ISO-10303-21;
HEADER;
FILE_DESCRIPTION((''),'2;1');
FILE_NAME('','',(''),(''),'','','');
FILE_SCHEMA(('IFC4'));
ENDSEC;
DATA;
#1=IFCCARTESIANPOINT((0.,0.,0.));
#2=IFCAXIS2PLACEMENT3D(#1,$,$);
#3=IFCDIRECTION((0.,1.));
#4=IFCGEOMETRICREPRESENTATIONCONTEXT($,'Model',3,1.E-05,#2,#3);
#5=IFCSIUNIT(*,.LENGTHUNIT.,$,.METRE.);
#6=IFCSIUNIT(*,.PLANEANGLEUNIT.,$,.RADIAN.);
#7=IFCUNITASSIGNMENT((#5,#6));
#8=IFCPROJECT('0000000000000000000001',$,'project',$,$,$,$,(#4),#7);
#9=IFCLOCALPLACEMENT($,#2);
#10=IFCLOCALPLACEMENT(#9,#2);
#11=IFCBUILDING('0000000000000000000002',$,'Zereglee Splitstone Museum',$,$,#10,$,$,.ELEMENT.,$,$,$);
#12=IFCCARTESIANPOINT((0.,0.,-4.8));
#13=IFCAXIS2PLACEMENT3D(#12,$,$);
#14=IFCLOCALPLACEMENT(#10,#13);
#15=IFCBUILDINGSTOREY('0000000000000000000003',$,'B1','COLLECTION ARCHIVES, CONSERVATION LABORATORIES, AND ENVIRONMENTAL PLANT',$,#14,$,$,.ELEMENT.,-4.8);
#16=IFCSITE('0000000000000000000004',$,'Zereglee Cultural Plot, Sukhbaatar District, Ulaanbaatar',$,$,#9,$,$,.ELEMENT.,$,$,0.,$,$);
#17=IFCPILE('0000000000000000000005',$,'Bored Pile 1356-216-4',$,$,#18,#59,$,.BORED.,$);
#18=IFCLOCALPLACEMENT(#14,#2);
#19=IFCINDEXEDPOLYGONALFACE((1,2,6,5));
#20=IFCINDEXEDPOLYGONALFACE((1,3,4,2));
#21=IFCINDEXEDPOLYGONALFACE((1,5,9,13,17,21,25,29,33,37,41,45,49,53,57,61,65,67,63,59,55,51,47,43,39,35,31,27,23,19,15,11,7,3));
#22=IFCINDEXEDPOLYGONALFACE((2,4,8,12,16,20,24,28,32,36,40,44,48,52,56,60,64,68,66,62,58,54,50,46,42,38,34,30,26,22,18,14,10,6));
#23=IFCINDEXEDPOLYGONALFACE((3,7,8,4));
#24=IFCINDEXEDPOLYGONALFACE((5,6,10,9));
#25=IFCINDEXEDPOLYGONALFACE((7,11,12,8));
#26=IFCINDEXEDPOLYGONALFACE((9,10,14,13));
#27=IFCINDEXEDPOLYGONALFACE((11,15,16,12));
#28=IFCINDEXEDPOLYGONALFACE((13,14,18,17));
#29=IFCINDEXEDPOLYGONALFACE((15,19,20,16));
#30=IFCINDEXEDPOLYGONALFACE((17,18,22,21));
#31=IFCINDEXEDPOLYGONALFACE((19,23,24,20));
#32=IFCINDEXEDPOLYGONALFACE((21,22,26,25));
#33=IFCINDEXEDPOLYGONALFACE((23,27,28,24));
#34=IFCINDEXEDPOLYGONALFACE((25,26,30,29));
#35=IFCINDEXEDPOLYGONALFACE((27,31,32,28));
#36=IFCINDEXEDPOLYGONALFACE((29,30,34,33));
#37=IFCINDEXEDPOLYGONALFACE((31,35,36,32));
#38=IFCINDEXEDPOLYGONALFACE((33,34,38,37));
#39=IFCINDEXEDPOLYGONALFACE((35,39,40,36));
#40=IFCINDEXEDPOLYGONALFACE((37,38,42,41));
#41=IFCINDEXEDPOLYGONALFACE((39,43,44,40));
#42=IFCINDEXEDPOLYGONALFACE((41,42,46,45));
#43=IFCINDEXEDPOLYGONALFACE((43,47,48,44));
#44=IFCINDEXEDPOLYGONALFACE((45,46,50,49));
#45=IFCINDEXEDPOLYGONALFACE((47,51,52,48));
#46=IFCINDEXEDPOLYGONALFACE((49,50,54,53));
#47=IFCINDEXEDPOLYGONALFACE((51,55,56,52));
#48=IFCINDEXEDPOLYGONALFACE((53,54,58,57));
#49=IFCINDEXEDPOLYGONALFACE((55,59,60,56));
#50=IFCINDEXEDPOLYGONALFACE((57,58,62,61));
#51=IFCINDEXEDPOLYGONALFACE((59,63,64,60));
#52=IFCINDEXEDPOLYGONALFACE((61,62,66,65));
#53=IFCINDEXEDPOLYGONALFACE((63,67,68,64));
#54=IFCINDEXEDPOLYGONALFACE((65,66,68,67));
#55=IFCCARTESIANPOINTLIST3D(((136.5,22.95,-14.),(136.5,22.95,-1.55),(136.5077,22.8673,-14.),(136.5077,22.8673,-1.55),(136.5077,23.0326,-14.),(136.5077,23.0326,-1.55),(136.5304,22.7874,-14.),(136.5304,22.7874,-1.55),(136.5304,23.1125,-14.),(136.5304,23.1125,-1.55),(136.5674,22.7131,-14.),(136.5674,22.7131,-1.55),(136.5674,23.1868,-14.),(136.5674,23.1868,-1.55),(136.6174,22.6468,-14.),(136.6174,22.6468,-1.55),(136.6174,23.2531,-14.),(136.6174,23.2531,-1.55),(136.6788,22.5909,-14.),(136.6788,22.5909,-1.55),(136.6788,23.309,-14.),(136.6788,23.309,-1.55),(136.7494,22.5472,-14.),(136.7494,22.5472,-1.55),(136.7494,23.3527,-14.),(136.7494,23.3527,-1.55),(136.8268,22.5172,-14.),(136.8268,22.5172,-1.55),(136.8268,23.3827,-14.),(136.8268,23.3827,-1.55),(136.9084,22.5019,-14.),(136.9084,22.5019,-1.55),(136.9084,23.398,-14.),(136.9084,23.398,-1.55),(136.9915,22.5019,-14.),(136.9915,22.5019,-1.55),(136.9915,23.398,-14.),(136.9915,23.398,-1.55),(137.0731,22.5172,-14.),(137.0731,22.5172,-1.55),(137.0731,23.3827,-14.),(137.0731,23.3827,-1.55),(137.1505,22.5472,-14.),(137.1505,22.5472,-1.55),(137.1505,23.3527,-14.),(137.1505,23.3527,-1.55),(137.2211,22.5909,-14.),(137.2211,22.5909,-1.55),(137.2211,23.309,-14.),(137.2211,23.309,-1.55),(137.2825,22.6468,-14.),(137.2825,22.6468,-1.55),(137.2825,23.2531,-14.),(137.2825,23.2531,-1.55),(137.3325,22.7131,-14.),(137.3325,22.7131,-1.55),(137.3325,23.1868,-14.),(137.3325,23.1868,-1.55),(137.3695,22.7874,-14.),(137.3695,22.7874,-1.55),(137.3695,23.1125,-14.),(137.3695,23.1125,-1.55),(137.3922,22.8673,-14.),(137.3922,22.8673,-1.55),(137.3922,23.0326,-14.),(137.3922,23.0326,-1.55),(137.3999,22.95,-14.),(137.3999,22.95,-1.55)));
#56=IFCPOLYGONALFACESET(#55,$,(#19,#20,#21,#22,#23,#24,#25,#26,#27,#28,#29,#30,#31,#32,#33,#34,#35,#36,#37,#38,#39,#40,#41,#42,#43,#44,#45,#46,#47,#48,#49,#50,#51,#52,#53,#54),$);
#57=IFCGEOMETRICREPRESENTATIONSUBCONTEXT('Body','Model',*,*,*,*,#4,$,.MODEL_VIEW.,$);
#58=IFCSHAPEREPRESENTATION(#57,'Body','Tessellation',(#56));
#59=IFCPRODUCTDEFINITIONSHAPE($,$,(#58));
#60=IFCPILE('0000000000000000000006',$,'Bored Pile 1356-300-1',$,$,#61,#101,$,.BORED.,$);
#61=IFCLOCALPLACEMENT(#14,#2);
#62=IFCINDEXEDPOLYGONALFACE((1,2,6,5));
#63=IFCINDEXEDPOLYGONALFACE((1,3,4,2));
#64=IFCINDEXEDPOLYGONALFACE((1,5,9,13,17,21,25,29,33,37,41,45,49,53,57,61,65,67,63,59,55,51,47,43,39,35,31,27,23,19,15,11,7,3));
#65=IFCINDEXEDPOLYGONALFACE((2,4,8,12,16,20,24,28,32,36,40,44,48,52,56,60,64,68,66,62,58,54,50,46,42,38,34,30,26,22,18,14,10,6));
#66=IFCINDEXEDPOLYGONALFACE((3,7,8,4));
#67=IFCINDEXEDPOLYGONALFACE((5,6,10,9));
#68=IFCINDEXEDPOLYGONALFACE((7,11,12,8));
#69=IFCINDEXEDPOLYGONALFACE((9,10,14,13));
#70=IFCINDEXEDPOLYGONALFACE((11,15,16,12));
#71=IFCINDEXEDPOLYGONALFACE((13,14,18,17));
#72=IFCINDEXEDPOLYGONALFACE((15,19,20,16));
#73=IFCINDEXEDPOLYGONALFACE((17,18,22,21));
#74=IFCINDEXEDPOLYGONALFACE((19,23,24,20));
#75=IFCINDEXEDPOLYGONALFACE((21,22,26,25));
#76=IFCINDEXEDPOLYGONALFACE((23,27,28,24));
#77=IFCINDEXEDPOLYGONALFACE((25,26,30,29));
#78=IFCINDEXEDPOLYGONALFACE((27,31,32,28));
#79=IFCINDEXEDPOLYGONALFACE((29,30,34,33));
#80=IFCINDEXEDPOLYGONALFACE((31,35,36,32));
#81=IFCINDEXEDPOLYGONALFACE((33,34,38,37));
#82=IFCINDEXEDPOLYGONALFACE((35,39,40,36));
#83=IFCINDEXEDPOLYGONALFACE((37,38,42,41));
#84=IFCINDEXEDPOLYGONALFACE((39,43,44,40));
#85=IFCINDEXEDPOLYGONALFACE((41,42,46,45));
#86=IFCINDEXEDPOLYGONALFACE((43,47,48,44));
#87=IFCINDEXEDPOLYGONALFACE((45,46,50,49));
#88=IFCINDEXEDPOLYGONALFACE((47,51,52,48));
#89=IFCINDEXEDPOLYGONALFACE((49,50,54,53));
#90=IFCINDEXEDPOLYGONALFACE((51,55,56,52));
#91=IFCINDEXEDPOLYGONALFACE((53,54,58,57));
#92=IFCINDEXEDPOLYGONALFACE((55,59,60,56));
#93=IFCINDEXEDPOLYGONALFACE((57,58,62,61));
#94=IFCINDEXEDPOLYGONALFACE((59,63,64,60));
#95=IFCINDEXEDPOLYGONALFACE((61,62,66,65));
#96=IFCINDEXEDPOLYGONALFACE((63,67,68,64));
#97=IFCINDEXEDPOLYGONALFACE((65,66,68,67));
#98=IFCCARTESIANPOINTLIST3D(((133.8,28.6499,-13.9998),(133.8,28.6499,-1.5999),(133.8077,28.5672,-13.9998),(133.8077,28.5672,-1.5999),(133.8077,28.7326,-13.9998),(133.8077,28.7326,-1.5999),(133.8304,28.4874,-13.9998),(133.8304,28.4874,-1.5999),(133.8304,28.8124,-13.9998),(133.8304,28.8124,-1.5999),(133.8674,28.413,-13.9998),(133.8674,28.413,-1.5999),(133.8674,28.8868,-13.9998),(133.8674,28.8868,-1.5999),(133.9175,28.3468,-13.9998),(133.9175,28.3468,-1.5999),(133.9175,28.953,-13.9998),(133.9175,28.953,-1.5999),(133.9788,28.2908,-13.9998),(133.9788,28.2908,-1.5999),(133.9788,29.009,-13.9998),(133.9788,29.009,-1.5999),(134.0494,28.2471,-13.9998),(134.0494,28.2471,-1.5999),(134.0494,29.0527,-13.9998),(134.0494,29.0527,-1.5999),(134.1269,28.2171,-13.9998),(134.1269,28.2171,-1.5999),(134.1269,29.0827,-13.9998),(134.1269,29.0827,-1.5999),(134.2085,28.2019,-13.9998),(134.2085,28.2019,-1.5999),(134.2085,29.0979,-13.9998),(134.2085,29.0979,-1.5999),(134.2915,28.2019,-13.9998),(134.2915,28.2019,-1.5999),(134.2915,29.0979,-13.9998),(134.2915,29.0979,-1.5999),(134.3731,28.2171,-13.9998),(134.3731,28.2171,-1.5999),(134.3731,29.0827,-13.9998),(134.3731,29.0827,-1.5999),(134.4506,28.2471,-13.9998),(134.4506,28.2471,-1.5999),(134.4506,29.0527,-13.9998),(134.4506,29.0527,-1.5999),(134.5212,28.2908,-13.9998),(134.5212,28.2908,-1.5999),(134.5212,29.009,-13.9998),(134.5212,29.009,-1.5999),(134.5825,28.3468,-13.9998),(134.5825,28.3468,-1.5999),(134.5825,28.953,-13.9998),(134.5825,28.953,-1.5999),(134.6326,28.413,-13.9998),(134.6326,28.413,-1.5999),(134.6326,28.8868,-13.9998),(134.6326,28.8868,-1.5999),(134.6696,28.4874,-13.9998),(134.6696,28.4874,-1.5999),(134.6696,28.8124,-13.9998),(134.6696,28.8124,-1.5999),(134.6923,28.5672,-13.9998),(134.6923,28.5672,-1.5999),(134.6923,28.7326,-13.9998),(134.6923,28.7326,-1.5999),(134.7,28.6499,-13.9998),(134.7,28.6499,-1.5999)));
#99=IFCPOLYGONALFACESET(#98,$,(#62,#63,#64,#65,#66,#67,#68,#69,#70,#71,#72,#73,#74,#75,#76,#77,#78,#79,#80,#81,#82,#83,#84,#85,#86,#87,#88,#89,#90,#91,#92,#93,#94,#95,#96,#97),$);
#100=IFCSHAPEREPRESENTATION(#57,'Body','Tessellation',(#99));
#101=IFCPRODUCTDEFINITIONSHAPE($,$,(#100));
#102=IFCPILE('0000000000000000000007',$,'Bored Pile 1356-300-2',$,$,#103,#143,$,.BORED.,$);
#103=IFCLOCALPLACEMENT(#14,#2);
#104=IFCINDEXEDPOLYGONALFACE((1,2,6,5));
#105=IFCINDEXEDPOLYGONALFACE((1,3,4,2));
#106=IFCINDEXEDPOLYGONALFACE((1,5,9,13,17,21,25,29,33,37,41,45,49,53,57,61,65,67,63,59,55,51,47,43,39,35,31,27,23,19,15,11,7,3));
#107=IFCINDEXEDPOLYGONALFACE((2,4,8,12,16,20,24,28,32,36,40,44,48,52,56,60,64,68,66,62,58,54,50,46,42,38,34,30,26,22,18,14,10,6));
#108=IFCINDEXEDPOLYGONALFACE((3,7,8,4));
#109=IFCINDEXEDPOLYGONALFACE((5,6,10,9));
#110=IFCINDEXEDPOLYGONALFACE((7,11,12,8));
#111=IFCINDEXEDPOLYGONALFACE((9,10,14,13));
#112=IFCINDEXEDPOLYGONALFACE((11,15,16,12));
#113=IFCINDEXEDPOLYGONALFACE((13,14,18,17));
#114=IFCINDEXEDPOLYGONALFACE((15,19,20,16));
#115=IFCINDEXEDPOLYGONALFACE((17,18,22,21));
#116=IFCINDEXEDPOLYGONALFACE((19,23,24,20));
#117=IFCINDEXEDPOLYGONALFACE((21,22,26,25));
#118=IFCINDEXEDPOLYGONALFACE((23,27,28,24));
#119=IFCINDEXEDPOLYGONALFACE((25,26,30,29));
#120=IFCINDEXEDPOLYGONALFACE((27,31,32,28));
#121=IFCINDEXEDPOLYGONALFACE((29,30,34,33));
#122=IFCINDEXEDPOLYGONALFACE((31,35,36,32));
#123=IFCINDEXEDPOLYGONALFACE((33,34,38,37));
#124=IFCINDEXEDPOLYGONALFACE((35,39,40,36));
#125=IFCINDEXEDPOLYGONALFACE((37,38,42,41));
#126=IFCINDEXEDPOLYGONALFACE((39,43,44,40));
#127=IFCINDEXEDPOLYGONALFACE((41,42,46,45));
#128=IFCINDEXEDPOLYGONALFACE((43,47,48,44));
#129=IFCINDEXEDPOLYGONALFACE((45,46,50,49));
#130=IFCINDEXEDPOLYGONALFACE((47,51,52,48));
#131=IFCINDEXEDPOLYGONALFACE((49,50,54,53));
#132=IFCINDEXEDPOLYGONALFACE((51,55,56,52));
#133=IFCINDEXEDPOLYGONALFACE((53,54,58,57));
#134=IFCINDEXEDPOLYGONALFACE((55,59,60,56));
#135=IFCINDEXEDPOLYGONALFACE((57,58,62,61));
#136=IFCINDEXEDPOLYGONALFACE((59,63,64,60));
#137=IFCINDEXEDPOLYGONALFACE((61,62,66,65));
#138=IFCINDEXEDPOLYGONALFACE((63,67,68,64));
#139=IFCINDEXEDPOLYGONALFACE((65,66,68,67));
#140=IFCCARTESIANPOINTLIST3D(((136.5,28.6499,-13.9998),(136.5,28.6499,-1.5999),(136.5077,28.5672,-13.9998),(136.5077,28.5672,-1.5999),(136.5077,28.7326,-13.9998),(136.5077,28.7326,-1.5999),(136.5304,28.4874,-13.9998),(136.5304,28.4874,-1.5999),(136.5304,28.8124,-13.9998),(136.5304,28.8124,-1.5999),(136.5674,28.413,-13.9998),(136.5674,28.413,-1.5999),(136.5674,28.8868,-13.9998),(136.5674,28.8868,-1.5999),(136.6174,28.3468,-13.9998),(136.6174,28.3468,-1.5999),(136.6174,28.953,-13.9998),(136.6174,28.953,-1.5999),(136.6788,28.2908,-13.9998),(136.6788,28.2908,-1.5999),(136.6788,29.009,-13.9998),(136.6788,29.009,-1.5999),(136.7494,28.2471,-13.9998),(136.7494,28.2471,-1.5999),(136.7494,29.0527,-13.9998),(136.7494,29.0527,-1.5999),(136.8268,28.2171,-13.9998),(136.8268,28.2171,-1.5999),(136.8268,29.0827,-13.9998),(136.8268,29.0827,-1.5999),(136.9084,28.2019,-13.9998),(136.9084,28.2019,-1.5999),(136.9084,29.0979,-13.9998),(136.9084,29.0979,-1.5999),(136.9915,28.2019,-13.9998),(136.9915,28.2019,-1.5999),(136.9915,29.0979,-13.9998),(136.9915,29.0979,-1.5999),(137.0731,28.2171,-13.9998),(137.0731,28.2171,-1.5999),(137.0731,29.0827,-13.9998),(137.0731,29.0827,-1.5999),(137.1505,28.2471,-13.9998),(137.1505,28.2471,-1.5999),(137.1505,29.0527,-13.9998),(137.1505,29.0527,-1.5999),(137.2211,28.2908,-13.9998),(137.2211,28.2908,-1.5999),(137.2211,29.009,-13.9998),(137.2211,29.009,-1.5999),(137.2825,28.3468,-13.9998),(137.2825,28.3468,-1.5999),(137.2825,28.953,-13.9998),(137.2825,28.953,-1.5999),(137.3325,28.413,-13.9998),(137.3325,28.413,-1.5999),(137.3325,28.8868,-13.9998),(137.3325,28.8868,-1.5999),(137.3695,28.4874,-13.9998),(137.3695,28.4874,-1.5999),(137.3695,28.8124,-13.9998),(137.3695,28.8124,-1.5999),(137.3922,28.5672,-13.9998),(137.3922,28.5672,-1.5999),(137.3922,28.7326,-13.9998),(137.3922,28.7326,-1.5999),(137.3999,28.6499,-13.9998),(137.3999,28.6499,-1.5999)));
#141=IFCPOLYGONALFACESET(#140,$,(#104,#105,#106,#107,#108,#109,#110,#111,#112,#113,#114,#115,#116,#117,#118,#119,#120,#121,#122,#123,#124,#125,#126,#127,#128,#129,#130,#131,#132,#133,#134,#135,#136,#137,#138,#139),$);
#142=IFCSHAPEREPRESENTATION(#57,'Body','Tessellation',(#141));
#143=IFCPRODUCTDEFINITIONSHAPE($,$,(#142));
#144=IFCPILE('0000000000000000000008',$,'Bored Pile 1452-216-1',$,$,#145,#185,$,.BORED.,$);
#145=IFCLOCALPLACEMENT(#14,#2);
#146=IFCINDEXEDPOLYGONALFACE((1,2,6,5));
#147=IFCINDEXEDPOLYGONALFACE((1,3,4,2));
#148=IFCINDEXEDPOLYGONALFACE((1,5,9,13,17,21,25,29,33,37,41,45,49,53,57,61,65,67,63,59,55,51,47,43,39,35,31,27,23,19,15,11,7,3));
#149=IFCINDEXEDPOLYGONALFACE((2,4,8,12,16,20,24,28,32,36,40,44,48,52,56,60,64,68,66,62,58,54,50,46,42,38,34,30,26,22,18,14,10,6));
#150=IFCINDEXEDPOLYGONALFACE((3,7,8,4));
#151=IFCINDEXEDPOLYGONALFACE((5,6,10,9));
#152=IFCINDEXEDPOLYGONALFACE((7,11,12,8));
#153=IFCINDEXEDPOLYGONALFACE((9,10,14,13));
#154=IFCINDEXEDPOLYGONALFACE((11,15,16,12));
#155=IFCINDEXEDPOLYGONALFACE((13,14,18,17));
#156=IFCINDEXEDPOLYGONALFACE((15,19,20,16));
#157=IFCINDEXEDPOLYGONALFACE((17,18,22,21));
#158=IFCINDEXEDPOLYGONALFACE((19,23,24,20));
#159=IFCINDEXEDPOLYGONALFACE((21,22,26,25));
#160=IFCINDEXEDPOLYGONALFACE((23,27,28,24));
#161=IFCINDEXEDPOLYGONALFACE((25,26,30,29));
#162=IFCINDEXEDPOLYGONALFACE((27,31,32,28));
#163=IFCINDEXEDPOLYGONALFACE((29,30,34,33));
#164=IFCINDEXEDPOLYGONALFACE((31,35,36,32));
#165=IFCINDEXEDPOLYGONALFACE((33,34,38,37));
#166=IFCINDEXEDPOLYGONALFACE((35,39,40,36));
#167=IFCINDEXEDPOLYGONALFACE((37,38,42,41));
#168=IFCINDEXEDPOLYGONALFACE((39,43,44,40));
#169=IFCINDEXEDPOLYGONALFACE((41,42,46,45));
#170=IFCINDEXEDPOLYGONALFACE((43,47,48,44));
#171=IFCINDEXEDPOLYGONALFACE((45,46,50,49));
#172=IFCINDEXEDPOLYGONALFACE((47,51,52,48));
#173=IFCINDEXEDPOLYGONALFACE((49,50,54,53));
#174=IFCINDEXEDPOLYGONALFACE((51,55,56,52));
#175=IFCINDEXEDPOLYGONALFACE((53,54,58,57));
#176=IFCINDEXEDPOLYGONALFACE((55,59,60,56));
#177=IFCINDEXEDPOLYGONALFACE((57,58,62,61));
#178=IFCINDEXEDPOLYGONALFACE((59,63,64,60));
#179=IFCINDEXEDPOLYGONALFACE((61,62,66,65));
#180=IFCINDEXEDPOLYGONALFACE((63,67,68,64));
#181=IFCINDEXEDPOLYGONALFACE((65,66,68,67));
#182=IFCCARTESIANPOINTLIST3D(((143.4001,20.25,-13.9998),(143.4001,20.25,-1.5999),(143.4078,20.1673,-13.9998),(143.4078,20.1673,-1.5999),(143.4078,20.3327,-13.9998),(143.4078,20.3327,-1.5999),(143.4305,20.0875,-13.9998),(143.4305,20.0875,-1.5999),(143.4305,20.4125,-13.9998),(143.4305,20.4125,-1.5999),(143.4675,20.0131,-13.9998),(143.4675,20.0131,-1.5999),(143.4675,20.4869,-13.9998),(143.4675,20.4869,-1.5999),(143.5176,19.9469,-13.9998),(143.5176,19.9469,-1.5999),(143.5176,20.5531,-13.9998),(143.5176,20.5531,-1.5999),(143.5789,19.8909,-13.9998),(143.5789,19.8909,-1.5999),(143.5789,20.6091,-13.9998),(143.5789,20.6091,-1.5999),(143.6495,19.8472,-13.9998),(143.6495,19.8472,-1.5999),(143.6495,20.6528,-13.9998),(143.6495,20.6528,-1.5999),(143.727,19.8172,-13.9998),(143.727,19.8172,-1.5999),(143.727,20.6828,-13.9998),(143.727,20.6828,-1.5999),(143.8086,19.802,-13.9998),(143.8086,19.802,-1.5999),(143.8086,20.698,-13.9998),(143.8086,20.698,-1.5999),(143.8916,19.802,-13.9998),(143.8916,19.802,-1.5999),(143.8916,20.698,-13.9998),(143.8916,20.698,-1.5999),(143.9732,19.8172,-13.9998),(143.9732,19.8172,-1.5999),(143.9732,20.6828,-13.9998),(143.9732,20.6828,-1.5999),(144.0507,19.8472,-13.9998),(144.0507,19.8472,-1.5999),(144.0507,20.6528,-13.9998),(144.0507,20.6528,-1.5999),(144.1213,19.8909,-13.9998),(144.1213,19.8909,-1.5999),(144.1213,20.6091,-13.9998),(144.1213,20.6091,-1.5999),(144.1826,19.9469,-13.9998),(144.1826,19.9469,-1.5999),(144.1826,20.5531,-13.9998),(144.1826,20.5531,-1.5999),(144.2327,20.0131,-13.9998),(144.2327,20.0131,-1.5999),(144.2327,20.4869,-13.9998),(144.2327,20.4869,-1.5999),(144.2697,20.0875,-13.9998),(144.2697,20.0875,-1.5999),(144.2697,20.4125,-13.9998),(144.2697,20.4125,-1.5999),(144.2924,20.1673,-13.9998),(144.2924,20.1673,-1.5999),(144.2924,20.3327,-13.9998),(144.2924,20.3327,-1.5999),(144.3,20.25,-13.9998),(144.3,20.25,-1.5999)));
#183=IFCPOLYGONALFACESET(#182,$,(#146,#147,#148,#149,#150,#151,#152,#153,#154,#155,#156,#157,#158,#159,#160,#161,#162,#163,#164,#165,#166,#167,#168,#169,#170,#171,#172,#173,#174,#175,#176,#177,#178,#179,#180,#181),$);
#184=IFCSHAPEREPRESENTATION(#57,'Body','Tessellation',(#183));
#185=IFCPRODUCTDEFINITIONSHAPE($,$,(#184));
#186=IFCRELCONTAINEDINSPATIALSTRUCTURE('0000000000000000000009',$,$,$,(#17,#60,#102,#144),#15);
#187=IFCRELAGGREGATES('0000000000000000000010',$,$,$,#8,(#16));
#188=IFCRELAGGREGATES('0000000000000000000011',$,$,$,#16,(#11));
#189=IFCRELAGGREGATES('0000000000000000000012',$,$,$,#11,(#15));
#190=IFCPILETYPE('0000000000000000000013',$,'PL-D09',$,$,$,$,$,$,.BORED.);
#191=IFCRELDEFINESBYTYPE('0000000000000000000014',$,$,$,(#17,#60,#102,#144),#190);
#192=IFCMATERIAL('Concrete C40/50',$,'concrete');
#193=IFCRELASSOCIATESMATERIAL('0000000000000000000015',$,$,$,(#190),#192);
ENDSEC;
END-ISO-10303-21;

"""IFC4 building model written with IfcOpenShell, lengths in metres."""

from ifc_helpers import new_model, si_unit, direction, frame, origin, origin_2d, place, context, subcontext, project, spatial, circle, extrude, material, material_profile, profile_set, type_object, element, save


model = new_model("IFC4")

# Units and contexts
model_context = context("Model", 3, precision=1e-05, world=origin(), true_north=direction((0.0, 1.0)))
body_context = subcontext(model_context, "Body", "Model", "MODEL_VIEW")
ifc_project = project(units=[si_unit("LENGTHUNIT", "METRE"), si_unit("PLANEANGLEUNIT", "RADIAN")], contexts=[model_context])

# Site, building, storey
site_placement = place(None, origin())
site = spatial("IfcSite", under=ifc_project, at=site_placement, Name="Zereglee Cultural Plot, Sukhbaatar District, Ulaanbaatar", CompositionType="ELEMENT", RefElevation=0.0)
building_placement = place(site_placement, origin())
building = spatial("IfcBuilding", under=site, at=building_placement, Name="Zereglee Splitstone Museum", CompositionType="ELEMENT")
storey_placement = place(building_placement, frame((0.0, 0.0, -4.8)))
storey = spatial("IfcBuildingStorey", under=building, at=storey_placement, Name="B1", Description="COLLECTION ARCHIVES, CONSERVATION LABORATORIES, AND ENVIRONMENTAL PLANT", CompositionType="ELEMENT", Elevation=-4.8)

# Shared definitions
ifc_material_1 = material(Name="Concrete C40/50", Category="concrete")

# Piles
ifc_material_profile_1 = material_profile(ifc_material_1, circle(Radius=0.45, at=origin_2d()), Name="PILE D900")
ifc_profile_set_1 = profile_set([ifc_material_profile_1], Name="Concrete C40/50")
pile_type = type_object("IfcPileType", Name="PL-D09", PredefinedType="BORED", material=ifc_profile_set_1)
for number, where, z_axis, x_axis, name in (
    (1, (136.95, 22.95, -1.55), (0.0, 0.0, -1.0), (1.0, 0.0, 0.0), "Bored Pile 1356-216-4"),
):
    element("IfcPile", number, at=place(storey_placement, frame(where, z_axis=z_axis, x_axis=x_axis)), inside=storey, type_object=pile_type, Name=name, PredefinedType="BORED", context=body_context, shape_type="SweptSolid", body=[
        extrude(circle(Radius=0.45, at=origin_2d()), origin(), (0.0, 0.0, 1.0), 12.45),
    ])
for number, where, z_axis, x_axis, name in (
    (2, (134.25, 28.6499, -1.5999), (0.0, 0.0, -1.0), (1.0, 0.0, 0.0), "Bored Pile 1356-300-1"),
    (3, (136.95, 28.6499, -1.5999), (0.0, 0.0, -1.0), (1.0, 0.0, 0.0), "Bored Pile 1356-300-2"),
    (4, (143.8501, 20.25, -1.5999), (0.0, 0.0, -1.0), (1.0, 0.0, 0.0), "Bored Pile 1452-216-1"),
):
    element("IfcPile", number, at=place(storey_placement, frame(where, z_axis=z_axis, x_axis=x_axis)), inside=storey, type_object=pile_type, Name=name, PredefinedType="BORED", context=body_context, shape_type="SweptSolid", body=[
        extrude(circle(Radius=0.45, at=origin_2d()), origin(), (0.0, 0.0, 1.0), 12.3999),
    ])

save(model, "model.ifc")
